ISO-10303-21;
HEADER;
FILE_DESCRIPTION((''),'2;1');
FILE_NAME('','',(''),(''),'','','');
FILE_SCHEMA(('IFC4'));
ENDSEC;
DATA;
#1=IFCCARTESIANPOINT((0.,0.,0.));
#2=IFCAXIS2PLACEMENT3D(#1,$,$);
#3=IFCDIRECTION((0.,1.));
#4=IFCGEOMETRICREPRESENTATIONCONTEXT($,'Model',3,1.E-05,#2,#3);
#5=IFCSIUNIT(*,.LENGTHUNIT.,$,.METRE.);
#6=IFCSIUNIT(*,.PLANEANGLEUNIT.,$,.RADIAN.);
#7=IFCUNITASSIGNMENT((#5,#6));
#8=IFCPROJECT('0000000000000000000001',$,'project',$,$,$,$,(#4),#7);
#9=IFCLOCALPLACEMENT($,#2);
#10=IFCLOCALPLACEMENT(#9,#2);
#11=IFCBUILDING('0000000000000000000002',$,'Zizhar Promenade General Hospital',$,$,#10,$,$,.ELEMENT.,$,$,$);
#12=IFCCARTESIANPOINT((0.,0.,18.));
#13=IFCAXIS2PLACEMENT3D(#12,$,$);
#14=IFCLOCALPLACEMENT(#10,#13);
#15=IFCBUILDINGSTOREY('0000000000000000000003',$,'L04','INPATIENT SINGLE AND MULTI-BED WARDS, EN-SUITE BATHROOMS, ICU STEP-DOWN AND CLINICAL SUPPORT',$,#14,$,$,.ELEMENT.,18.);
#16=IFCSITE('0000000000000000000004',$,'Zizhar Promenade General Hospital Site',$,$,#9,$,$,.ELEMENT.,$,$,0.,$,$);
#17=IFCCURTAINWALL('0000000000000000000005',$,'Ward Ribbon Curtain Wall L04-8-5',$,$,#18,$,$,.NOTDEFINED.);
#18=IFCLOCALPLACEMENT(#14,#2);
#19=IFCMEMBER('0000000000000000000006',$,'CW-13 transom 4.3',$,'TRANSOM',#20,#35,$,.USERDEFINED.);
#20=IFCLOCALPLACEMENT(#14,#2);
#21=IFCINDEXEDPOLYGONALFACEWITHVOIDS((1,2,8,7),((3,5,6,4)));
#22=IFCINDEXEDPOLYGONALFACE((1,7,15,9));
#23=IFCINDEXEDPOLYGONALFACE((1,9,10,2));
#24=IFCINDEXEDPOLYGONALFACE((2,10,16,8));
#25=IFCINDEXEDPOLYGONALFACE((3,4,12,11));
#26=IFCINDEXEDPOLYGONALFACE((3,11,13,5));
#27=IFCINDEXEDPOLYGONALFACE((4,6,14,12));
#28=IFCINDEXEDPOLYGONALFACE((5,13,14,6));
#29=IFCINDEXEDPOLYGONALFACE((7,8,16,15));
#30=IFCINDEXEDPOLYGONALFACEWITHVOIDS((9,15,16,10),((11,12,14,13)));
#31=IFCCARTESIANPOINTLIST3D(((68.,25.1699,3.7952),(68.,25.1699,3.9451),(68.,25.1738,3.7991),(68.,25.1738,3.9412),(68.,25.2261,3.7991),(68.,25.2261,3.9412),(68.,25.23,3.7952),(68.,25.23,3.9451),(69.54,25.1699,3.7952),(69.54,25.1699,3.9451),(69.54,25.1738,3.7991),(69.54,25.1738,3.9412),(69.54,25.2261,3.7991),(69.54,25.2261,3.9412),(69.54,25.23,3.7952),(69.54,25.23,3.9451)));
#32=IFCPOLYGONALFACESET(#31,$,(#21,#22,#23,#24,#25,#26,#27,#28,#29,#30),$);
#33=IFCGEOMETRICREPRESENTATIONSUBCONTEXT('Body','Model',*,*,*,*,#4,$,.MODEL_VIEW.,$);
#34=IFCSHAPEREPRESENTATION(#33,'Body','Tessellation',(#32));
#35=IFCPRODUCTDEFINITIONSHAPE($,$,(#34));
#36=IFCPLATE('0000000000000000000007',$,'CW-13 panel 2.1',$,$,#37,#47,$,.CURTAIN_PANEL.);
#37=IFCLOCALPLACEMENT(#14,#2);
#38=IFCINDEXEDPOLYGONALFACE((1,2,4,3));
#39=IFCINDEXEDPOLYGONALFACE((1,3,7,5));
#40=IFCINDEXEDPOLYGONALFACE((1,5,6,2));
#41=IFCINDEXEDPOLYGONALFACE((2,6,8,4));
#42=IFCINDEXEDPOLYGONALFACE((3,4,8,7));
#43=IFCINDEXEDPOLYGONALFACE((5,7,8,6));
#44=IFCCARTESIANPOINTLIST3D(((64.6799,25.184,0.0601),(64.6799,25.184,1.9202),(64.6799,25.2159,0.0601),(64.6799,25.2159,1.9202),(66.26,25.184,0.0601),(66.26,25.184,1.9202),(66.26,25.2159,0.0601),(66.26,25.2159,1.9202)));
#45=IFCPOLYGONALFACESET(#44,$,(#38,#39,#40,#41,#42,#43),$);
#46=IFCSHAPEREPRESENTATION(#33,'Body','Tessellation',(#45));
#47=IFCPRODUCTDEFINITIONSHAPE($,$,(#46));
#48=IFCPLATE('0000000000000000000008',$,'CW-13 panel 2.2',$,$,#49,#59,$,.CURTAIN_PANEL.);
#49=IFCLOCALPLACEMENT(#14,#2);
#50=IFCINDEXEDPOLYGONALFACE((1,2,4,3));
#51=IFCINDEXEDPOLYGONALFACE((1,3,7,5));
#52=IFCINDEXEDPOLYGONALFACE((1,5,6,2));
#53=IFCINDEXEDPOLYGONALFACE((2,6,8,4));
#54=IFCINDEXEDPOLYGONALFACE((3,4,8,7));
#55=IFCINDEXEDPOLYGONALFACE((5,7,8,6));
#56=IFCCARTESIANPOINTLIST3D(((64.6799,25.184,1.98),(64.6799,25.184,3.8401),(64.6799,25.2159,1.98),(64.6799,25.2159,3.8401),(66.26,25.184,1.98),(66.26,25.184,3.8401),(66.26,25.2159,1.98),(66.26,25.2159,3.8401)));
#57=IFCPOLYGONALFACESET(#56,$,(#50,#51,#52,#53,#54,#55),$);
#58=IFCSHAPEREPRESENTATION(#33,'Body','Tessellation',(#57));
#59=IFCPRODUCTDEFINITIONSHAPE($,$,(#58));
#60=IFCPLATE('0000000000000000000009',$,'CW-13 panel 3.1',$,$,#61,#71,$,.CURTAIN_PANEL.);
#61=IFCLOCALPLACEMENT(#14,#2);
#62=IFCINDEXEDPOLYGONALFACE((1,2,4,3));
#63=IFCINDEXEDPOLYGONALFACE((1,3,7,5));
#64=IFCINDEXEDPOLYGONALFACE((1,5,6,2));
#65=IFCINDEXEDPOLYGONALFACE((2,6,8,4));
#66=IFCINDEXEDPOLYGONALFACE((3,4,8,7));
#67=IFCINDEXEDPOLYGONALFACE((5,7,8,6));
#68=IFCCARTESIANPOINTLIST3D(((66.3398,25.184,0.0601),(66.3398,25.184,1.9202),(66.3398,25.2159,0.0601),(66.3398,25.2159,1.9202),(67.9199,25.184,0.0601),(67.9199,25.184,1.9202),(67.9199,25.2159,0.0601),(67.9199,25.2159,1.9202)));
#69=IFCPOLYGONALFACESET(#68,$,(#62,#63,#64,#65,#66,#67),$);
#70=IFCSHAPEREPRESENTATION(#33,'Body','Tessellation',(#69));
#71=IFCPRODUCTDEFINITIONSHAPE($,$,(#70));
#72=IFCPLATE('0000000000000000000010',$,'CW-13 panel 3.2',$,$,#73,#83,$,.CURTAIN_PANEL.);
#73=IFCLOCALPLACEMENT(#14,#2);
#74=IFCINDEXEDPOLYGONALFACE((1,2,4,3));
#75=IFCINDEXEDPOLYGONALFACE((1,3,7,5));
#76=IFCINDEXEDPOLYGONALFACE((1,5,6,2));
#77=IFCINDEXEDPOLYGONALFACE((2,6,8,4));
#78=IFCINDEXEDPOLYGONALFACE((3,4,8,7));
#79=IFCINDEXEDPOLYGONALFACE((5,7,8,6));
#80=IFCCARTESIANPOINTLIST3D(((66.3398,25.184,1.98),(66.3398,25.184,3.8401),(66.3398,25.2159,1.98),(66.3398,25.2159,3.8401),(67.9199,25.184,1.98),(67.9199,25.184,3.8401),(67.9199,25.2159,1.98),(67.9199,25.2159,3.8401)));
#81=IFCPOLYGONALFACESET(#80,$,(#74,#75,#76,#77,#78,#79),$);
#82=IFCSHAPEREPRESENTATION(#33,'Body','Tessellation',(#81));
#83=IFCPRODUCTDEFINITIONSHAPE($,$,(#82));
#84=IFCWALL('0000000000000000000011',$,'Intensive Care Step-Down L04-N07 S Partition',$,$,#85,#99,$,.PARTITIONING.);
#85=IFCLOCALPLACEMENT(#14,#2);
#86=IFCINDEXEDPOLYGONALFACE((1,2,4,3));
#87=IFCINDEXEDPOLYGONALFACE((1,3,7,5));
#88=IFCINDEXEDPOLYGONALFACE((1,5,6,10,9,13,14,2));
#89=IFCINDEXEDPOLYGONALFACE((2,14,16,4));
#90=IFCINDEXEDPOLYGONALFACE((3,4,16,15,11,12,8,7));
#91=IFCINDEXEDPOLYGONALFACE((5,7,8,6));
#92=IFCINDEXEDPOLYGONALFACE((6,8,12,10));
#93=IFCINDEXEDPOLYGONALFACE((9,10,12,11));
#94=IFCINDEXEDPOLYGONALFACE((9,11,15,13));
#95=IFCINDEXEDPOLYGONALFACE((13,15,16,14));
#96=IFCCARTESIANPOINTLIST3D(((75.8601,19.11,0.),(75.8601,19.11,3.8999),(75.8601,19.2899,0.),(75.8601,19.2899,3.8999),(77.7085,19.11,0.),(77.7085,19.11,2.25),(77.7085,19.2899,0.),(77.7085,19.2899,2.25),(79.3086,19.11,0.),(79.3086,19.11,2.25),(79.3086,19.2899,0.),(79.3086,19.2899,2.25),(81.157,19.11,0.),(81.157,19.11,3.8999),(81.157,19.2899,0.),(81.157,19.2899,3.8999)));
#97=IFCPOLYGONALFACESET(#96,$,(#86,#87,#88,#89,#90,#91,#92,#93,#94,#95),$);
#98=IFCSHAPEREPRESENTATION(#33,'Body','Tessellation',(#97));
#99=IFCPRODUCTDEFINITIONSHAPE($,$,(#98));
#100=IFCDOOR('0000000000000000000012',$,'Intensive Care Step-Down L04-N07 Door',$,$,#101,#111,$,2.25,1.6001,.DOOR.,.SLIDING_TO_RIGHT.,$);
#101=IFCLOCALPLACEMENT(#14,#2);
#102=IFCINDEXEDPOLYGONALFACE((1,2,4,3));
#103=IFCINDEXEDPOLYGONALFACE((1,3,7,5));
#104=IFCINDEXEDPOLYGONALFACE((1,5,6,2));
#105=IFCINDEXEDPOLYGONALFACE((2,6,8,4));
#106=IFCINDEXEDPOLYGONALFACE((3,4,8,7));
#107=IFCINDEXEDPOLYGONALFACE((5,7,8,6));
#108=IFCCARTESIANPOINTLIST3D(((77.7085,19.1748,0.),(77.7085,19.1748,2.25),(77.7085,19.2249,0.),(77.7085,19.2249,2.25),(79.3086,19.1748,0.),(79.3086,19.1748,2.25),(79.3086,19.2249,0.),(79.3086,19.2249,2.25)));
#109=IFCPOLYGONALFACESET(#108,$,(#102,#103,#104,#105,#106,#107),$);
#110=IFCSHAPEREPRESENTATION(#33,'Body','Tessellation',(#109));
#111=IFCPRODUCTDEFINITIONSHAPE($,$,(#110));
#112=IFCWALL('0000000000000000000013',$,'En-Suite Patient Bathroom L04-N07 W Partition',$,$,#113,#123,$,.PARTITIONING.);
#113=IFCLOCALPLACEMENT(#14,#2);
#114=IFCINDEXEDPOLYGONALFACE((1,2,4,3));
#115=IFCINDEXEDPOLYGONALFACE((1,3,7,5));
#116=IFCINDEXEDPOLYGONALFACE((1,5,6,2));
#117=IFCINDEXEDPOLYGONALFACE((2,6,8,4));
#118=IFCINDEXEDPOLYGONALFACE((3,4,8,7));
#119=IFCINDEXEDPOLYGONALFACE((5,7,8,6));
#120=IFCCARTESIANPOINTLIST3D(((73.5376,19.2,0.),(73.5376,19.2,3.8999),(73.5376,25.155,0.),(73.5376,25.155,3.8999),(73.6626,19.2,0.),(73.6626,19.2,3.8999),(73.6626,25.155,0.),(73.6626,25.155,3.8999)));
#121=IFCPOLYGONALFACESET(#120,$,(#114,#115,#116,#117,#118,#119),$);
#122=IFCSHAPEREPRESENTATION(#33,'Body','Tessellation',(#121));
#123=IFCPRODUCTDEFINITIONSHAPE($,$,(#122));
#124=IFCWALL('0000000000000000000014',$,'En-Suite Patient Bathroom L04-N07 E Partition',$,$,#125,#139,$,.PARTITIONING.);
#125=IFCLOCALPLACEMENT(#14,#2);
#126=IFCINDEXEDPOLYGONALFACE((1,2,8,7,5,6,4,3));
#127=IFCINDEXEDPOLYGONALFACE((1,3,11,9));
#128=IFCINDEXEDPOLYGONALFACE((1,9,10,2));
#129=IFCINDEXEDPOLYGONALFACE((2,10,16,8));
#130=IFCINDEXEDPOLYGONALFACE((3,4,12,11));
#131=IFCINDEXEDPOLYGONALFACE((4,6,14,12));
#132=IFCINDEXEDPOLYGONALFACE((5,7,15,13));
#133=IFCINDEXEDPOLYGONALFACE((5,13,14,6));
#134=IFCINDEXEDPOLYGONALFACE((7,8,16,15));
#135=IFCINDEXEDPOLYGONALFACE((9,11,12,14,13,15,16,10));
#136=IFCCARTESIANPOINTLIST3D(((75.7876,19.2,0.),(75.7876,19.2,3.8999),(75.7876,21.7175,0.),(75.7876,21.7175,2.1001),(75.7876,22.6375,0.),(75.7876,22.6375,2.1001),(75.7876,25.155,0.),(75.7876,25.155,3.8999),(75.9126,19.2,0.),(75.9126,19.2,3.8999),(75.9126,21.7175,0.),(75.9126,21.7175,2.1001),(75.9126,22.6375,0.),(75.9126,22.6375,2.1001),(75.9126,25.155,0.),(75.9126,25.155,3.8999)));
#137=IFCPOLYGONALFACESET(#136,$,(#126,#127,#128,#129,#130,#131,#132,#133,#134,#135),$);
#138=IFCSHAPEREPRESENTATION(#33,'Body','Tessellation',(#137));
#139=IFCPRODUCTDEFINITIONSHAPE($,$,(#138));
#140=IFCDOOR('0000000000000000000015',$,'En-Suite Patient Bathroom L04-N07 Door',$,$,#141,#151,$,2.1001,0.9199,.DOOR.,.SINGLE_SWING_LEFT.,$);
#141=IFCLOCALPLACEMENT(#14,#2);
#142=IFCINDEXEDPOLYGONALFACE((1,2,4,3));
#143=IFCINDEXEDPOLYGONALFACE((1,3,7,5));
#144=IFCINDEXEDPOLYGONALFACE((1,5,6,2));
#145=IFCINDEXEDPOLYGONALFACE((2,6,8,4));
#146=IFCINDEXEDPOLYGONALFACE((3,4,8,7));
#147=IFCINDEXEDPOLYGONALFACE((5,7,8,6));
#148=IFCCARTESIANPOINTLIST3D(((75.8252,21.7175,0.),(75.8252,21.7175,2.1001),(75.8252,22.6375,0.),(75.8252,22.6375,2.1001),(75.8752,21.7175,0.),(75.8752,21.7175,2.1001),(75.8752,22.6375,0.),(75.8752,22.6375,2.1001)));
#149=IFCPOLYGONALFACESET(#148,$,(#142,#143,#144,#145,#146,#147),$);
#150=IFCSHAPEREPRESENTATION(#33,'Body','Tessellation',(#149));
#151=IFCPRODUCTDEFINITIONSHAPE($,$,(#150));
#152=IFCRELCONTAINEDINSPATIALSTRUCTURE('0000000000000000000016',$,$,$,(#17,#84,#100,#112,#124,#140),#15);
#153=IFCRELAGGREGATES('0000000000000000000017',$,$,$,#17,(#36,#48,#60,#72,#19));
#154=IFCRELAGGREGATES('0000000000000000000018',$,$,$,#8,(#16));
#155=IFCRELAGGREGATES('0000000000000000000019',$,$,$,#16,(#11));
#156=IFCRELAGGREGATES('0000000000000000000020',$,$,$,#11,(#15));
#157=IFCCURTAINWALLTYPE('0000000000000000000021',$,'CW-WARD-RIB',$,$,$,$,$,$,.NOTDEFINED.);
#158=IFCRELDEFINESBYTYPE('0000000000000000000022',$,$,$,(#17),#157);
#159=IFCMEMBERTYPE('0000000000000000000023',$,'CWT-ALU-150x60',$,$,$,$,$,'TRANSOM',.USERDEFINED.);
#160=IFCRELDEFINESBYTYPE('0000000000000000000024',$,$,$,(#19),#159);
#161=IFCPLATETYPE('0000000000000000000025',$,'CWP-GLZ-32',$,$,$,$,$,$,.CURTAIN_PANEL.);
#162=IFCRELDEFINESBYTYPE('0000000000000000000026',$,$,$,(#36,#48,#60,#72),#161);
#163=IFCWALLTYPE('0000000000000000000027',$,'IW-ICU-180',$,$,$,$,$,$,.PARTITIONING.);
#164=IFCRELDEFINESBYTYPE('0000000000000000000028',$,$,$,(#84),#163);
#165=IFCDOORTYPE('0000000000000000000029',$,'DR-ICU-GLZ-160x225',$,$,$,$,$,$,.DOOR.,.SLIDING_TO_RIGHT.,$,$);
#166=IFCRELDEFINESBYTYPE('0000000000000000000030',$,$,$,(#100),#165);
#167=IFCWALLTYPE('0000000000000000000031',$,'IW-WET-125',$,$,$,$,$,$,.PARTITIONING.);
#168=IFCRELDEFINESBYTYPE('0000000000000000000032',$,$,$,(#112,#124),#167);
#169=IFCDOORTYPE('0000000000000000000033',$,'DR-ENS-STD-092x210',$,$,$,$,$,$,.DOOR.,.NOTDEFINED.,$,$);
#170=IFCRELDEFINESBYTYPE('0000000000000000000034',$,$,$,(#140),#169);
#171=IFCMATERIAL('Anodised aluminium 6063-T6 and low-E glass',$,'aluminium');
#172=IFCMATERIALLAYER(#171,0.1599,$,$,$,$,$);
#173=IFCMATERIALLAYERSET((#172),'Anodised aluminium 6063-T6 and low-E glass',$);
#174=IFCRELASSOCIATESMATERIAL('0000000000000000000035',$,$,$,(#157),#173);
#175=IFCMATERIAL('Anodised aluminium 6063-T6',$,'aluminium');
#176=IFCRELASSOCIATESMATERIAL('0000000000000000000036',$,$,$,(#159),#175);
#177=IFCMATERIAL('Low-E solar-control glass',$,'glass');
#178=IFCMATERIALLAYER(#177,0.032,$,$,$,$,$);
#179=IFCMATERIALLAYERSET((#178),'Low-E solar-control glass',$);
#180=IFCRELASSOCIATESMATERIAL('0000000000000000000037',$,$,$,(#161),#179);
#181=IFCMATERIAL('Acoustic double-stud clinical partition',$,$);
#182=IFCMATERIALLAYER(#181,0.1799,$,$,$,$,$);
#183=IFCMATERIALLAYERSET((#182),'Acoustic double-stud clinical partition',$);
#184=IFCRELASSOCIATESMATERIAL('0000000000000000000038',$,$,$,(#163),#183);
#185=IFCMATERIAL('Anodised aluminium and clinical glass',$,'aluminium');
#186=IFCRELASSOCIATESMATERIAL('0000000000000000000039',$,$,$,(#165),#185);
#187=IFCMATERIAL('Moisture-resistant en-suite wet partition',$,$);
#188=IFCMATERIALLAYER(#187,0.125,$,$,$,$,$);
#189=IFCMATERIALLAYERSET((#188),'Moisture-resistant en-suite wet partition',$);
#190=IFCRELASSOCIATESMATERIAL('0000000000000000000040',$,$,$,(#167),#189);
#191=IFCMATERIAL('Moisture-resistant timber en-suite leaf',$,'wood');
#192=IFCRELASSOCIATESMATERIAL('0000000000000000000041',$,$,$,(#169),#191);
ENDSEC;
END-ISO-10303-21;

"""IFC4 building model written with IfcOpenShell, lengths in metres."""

from ifc_helpers import new_model, si_unit, direction, frame, frame_2d, origin, origin_2d, place, context, subcontext, project, spatial, rectangle, hollow_rectangle, extrude, material, layer, layer_set, material_profile, profile_set, type_object, element, fill, aggregate, save


model = new_model("IFC4")

# Units and contexts
model_context = context("Model", 3, precision=1e-05, world=origin(), true_north=direction((0.0, 1.0)))
body_context = subcontext(model_context, "Body", "Model", "MODEL_VIEW")
ifc_project = project(units=[si_unit("LENGTHUNIT", "METRE"), si_unit("PLANEANGLEUNIT", "RADIAN")], contexts=[model_context])

# Site, building, storey
site_placement = place(None, origin())
site = spatial("IfcSite", under=ifc_project, at=site_placement, Name="Zizhar Promenade General Hospital Site", CompositionType="ELEMENT", RefElevation=0.0)
building_placement = place(site_placement, origin())
building = spatial("IfcBuilding", under=site, at=building_placement, Name="Zizhar Promenade General Hospital", CompositionType="ELEMENT")
storey_placement = place(building_placement, frame((0.0, 0.0, 18.0)))
storey = spatial("IfcBuildingStorey", under=building, at=storey_placement, Name="L04", Description="INPATIENT SINGLE AND MULTI-BED WARDS, EN-SUITE BATHROOMS, ICU STEP-DOWN AND CLINICAL SUPPORT", CompositionType="ELEMENT", Elevation=18.0)

# Curtain wall, member, plates
ifc_material_1 = material(Name="Anodised aluminium 6063-T6 and low-E glass", Category="aluminium")
ifc_layer_1 = layer(ifc_material_1, 0.1599)
ifc_layer_set_1 = layer_set([ifc_layer_1], Name="Anodised aluminium 6063-T6 and low-E glass")
curtain_wall_type = type_object("IfcCurtainWallType", Name="CW-WARD-RIB", PredefinedType="NOTDEFINED", material=ifc_layer_set_1)
curtain_wall_placement = place(storey_placement, origin())
curtain_wall = element("IfcCurtainWall", 1, at=curtain_wall_placement, inside=storey, type_object=curtain_wall_type, Name="Ward Ribbon Curtain Wall L04-8-5", PredefinedType="NOTDEFINED")
ifc_material_2 = material(Name="Anodised aluminium 6063-T6", Category="aluminium")
ifc_material_profile_1 = material_profile(ifc_material_2, hollow_rectangle(XDim=0.0601, YDim=0.1499, WallThickness=0.0039, at=origin_2d()))
ifc_profile_set_1 = profile_set([ifc_material_profile_1], Name="Anodised aluminium 6063-T6")
member_type_1 = type_object("IfcMemberType", Name="CWT-ALU-150x60", ElementType="TRANSOM", PredefinedType="USERDEFINED", material=ifc_profile_set_1)
member_1_placement = place(storey_placement, frame((68.0, 25.2, 3.8701), z_axis=(1.0, 0.0, 0.0), x_axis=(0.0, 1.0, 0.0)))
member_1 = element("IfcMember", 2, at=member_1_placement, type_object=member_type_1, Name="CW-13 transom 4.3", ObjectType="TRANSOM", PredefinedType="USERDEFINED", context=body_context, shape_type="SweptSolid", body=[
    extrude(hollow_rectangle(XDim=0.0601, YDim=0.1499, WallThickness=0.0039, at=origin_2d()), origin(), (0.0, 0.0, 1.0), 1.54),
])
ifc_material_3 = material(Name="Low-E solar-control glass", Category="glass")
ifc_layer_2 = layer(ifc_material_3, 0.032)
ifc_layer_set_2 = layer_set([ifc_layer_2], Name="Low-E solar-control glass")
plate_type = type_object("IfcPlateType", Name="CWP-GLZ-32", PredefinedType="CURTAIN_PANEL", material=ifc_layer_set_2)
plate_1_placement = place(storey_placement, frame((65.47, 25.2, 0.0601), z_axis=(0.0, 0.0, 1.0), x_axis=(1.0, 0.0, 0.0)))
plate_1 = element("IfcPlate", 3, at=plate_1_placement, type_object=plate_type, Name="CW-13 panel 2.1", PredefinedType="CURTAIN_PANEL", context=body_context, shape_type="SweptSolid", body=[
    extrude(rectangle(XDim=1.5801, YDim=0.032, at=origin_2d()), origin(), (0.0, 0.0, 1.0), 1.8601),
])
plate_2_placement = place(storey_placement, frame((65.47, 25.2, 1.98), z_axis=(0.0, 0.0, 1.0), x_axis=(1.0, 0.0, 0.0)))
plate_2 = element("IfcPlate", 4, at=plate_2_placement, type_object=plate_type, Name="CW-13 panel 2.2", PredefinedType="CURTAIN_PANEL", context=body_context, shape_type="SweptSolid", body=[
    extrude(rectangle(XDim=1.5801, YDim=0.032, at=origin_2d()), origin(), (0.0, 0.0, 1.0), 1.8601),
])
plate_3_placement = place(storey_placement, frame((67.1299, 25.2, 0.0601), z_axis=(0.0, 0.0, 1.0), x_axis=(1.0, 0.0, 0.0)))
plate_3 = element("IfcPlate", 5, at=plate_3_placement, type_object=plate_type, Name="CW-13 panel 3.1", PredefinedType="CURTAIN_PANEL", context=body_context, shape_type="SweptSolid", body=[
    extrude(rectangle(XDim=1.5801, YDim=0.032, at=origin_2d()), origin(), (0.0, 0.0, 1.0), 1.8601),
])
plate_4_placement = place(storey_placement, frame((67.1299, 25.2, 1.98), z_axis=(0.0, 0.0, 1.0), x_axis=(1.0, 0.0, 0.0)))
plate_4 = element("IfcPlate", 6, at=plate_4_placement, type_object=plate_type, Name="CW-13 panel 3.2", PredefinedType="CURTAIN_PANEL", context=body_context, shape_type="SweptSolid", body=[
    extrude(rectangle(XDim=1.5801, YDim=0.032, at=origin_2d()), origin(), (0.0, 0.0, 1.0), 1.8601),
])
aggregate(curtain_wall, [plate_1, plate_2, plate_3, plate_4, member_1])

# Wall, opening, door
ifc_material_4 = material(Name="Acoustic double-stud clinical partition")
ifc_layer_3 = layer(ifc_material_4, 0.1799)
ifc_layer_set_3 = layer_set([ifc_layer_3], Name="Acoustic double-stud clinical partition")
wall_type_1 = type_object("IfcWallType", Name="IW-ICU-180", PredefinedType="PARTITIONING", material=ifc_layer_set_3)
wall_1_placement = place(storey_placement, frame((75.8601, 19.2, 0.0), z_axis=(0.0, 0.0, 1.0), x_axis=(1.0, 0.0, 0.0)))
wall_1 = element("IfcWall", 7, at=wall_1_placement, inside=storey, type_object=wall_type_1, Name="Intensive Care Step-Down L04-N07 S Partition", PredefinedType="PARTITIONING", context=body_context, shape_type="SweptSolid", body=[
    extrude(rectangle(XDim=5.2969, YDim=0.1799, at=frame_2d((2.6484, 0.0))), origin(), (0.0, 0.0, 1.0), 3.8999),
])
opening_1_placement = place(wall_1_placement, frame((1.8484, 0.0, 0.0)))
opening_1 = element("IfcOpeningElement", 8, at=opening_1_placement, cuts=wall_1, PredefinedType="OPENING", context=body_context, shape_type="SweptSolid", body=[
    extrude(rectangle(XDim=1.6001, YDim=2.25, at=frame_2d((0.8, 1.125))), frame((0.0, 0.1001, 0.0), z_axis=(0.0, -1.0, 0.0), x_axis=(1.0, 0.0, 0.0)), (0.0, 0.0, 1.0), 0.2),
])
ifc_material_5 = material(Name="Anodised aluminium and clinical glass", Category="aluminium")
door_type_1 = type_object("IfcDoorType", Name="DR-ICU-GLZ-160x225", OperationType="SLIDING_TO_RIGHT", PredefinedType="DOOR", material=ifc_material_5)
door_1_placement = place(opening_1_placement, origin())
door_1 = element("IfcDoor", 9, at=door_1_placement, inside=storey, type_object=door_type_1, Name="Intensive Care Step-Down L04-N07 Door", OperationType="SLIDING_TO_RIGHT", OverallHeight=2.25, OverallWidth=1.6001, PredefinedType="DOOR", context=body_context, shape_type="SweptSolid", body=[
    extrude(rectangle(XDim=1.6001, YDim=2.25, at=frame_2d((0.8, 1.125))), frame((0.0, 0.0249, 0.0), z_axis=(0.0, -1.0, 0.0), x_axis=(1.0, 0.0, 0.0)), (0.0, 0.0, 1.0), 0.05),
])
fill(opening_1, door_1)

# Wall
ifc_material_6 = material(Name="Moisture-resistant en-suite wet partition")
ifc_layer_4 = layer(ifc_material_6, 0.125)
ifc_layer_set_4 = layer_set([ifc_layer_4], Name="Moisture-resistant en-suite wet partition")
wall_type_2 = type_object("IfcWallType", Name="IW-WET-125", PredefinedType="PARTITIONING", material=ifc_layer_set_4)
wall_2_placement = place(storey_placement, frame((73.6001, 19.2, 0.0), z_axis=(0.0, 0.0, 1.0), x_axis=(0.0, 1.0, 0.0)))
element("IfcWall", 10, at=wall_2_placement, inside=storey, type_object=wall_type_2, Name="En-Suite Patient Bathroom L04-N07 W Partition", PredefinedType="PARTITIONING", context=body_context, shape_type="SweptSolid", body=[
    extrude(rectangle(XDim=5.9551, YDim=0.125, at=frame_2d((2.9775, 0.0))), origin(), (0.0, 0.0, 1.0), 3.8999),
])

# Wall, opening, door
wall_3_placement = place(storey_placement, frame((75.8501, 19.2, 0.0), z_axis=(0.0, 0.0, 1.0), x_axis=(0.0, 1.0, 0.0)))
wall_3 = element("IfcWall", 11, at=wall_3_placement, inside=storey, type_object=wall_type_2, Name="En-Suite Patient Bathroom L04-N07 E Partition", PredefinedType="PARTITIONING", context=body_context, shape_type="SweptSolid", body=[
    extrude(rectangle(XDim=5.9551, YDim=0.125, at=frame_2d((2.9775, 0.0))), origin(), (0.0, 0.0, 1.0), 3.8999),
])
opening_2_placement = place(wall_3_placement, frame((2.5176, 0.0, 0.0)))
opening_2 = element("IfcOpeningElement", 12, at=opening_2_placement, cuts=wall_3, PredefinedType="OPENING", context=body_context, shape_type="SweptSolid", body=[
    extrude(rectangle(XDim=0.9199, YDim=2.1001, at=frame_2d((0.46, 1.05))), frame((0.0, 0.0725, 0.0), z_axis=(0.0, -1.0, 0.0), x_axis=(1.0, 0.0, 0.0)), (0.0, 0.0, 1.0), 0.145),
])
ifc_material_7 = material(Name="Moisture-resistant timber en-suite leaf", Category="wood")
door_type_2 = type_object("IfcDoorType", Name="DR-ENS-STD-092x210", OperationType="NOTDEFINED", PredefinedType="DOOR", material=ifc_material_7)
door_2_placement = place(opening_2_placement, origin())
door_2 = element("IfcDoor", 13, at=door_2_placement, inside=storey, type_object=door_type_2, Name="En-Suite Patient Bathroom L04-N07 Door", OperationType="SINGLE_SWING_LEFT", OverallHeight=2.1001, OverallWidth=0.9199, PredefinedType="DOOR", context=body_context, shape_type="SweptSolid", body=[
    extrude(rectangle(XDim=0.9199, YDim=2.1001, at=frame_2d((0.46, 1.05))), frame((0.0, 0.0249, 0.0), z_axis=(0.0, -1.0, 0.0), x_axis=(1.0, 0.0, 0.0)), (0.0, 0.0, 1.0), 0.05),
])
fill(opening_2, door_2)

save(model, "model.ifc")
